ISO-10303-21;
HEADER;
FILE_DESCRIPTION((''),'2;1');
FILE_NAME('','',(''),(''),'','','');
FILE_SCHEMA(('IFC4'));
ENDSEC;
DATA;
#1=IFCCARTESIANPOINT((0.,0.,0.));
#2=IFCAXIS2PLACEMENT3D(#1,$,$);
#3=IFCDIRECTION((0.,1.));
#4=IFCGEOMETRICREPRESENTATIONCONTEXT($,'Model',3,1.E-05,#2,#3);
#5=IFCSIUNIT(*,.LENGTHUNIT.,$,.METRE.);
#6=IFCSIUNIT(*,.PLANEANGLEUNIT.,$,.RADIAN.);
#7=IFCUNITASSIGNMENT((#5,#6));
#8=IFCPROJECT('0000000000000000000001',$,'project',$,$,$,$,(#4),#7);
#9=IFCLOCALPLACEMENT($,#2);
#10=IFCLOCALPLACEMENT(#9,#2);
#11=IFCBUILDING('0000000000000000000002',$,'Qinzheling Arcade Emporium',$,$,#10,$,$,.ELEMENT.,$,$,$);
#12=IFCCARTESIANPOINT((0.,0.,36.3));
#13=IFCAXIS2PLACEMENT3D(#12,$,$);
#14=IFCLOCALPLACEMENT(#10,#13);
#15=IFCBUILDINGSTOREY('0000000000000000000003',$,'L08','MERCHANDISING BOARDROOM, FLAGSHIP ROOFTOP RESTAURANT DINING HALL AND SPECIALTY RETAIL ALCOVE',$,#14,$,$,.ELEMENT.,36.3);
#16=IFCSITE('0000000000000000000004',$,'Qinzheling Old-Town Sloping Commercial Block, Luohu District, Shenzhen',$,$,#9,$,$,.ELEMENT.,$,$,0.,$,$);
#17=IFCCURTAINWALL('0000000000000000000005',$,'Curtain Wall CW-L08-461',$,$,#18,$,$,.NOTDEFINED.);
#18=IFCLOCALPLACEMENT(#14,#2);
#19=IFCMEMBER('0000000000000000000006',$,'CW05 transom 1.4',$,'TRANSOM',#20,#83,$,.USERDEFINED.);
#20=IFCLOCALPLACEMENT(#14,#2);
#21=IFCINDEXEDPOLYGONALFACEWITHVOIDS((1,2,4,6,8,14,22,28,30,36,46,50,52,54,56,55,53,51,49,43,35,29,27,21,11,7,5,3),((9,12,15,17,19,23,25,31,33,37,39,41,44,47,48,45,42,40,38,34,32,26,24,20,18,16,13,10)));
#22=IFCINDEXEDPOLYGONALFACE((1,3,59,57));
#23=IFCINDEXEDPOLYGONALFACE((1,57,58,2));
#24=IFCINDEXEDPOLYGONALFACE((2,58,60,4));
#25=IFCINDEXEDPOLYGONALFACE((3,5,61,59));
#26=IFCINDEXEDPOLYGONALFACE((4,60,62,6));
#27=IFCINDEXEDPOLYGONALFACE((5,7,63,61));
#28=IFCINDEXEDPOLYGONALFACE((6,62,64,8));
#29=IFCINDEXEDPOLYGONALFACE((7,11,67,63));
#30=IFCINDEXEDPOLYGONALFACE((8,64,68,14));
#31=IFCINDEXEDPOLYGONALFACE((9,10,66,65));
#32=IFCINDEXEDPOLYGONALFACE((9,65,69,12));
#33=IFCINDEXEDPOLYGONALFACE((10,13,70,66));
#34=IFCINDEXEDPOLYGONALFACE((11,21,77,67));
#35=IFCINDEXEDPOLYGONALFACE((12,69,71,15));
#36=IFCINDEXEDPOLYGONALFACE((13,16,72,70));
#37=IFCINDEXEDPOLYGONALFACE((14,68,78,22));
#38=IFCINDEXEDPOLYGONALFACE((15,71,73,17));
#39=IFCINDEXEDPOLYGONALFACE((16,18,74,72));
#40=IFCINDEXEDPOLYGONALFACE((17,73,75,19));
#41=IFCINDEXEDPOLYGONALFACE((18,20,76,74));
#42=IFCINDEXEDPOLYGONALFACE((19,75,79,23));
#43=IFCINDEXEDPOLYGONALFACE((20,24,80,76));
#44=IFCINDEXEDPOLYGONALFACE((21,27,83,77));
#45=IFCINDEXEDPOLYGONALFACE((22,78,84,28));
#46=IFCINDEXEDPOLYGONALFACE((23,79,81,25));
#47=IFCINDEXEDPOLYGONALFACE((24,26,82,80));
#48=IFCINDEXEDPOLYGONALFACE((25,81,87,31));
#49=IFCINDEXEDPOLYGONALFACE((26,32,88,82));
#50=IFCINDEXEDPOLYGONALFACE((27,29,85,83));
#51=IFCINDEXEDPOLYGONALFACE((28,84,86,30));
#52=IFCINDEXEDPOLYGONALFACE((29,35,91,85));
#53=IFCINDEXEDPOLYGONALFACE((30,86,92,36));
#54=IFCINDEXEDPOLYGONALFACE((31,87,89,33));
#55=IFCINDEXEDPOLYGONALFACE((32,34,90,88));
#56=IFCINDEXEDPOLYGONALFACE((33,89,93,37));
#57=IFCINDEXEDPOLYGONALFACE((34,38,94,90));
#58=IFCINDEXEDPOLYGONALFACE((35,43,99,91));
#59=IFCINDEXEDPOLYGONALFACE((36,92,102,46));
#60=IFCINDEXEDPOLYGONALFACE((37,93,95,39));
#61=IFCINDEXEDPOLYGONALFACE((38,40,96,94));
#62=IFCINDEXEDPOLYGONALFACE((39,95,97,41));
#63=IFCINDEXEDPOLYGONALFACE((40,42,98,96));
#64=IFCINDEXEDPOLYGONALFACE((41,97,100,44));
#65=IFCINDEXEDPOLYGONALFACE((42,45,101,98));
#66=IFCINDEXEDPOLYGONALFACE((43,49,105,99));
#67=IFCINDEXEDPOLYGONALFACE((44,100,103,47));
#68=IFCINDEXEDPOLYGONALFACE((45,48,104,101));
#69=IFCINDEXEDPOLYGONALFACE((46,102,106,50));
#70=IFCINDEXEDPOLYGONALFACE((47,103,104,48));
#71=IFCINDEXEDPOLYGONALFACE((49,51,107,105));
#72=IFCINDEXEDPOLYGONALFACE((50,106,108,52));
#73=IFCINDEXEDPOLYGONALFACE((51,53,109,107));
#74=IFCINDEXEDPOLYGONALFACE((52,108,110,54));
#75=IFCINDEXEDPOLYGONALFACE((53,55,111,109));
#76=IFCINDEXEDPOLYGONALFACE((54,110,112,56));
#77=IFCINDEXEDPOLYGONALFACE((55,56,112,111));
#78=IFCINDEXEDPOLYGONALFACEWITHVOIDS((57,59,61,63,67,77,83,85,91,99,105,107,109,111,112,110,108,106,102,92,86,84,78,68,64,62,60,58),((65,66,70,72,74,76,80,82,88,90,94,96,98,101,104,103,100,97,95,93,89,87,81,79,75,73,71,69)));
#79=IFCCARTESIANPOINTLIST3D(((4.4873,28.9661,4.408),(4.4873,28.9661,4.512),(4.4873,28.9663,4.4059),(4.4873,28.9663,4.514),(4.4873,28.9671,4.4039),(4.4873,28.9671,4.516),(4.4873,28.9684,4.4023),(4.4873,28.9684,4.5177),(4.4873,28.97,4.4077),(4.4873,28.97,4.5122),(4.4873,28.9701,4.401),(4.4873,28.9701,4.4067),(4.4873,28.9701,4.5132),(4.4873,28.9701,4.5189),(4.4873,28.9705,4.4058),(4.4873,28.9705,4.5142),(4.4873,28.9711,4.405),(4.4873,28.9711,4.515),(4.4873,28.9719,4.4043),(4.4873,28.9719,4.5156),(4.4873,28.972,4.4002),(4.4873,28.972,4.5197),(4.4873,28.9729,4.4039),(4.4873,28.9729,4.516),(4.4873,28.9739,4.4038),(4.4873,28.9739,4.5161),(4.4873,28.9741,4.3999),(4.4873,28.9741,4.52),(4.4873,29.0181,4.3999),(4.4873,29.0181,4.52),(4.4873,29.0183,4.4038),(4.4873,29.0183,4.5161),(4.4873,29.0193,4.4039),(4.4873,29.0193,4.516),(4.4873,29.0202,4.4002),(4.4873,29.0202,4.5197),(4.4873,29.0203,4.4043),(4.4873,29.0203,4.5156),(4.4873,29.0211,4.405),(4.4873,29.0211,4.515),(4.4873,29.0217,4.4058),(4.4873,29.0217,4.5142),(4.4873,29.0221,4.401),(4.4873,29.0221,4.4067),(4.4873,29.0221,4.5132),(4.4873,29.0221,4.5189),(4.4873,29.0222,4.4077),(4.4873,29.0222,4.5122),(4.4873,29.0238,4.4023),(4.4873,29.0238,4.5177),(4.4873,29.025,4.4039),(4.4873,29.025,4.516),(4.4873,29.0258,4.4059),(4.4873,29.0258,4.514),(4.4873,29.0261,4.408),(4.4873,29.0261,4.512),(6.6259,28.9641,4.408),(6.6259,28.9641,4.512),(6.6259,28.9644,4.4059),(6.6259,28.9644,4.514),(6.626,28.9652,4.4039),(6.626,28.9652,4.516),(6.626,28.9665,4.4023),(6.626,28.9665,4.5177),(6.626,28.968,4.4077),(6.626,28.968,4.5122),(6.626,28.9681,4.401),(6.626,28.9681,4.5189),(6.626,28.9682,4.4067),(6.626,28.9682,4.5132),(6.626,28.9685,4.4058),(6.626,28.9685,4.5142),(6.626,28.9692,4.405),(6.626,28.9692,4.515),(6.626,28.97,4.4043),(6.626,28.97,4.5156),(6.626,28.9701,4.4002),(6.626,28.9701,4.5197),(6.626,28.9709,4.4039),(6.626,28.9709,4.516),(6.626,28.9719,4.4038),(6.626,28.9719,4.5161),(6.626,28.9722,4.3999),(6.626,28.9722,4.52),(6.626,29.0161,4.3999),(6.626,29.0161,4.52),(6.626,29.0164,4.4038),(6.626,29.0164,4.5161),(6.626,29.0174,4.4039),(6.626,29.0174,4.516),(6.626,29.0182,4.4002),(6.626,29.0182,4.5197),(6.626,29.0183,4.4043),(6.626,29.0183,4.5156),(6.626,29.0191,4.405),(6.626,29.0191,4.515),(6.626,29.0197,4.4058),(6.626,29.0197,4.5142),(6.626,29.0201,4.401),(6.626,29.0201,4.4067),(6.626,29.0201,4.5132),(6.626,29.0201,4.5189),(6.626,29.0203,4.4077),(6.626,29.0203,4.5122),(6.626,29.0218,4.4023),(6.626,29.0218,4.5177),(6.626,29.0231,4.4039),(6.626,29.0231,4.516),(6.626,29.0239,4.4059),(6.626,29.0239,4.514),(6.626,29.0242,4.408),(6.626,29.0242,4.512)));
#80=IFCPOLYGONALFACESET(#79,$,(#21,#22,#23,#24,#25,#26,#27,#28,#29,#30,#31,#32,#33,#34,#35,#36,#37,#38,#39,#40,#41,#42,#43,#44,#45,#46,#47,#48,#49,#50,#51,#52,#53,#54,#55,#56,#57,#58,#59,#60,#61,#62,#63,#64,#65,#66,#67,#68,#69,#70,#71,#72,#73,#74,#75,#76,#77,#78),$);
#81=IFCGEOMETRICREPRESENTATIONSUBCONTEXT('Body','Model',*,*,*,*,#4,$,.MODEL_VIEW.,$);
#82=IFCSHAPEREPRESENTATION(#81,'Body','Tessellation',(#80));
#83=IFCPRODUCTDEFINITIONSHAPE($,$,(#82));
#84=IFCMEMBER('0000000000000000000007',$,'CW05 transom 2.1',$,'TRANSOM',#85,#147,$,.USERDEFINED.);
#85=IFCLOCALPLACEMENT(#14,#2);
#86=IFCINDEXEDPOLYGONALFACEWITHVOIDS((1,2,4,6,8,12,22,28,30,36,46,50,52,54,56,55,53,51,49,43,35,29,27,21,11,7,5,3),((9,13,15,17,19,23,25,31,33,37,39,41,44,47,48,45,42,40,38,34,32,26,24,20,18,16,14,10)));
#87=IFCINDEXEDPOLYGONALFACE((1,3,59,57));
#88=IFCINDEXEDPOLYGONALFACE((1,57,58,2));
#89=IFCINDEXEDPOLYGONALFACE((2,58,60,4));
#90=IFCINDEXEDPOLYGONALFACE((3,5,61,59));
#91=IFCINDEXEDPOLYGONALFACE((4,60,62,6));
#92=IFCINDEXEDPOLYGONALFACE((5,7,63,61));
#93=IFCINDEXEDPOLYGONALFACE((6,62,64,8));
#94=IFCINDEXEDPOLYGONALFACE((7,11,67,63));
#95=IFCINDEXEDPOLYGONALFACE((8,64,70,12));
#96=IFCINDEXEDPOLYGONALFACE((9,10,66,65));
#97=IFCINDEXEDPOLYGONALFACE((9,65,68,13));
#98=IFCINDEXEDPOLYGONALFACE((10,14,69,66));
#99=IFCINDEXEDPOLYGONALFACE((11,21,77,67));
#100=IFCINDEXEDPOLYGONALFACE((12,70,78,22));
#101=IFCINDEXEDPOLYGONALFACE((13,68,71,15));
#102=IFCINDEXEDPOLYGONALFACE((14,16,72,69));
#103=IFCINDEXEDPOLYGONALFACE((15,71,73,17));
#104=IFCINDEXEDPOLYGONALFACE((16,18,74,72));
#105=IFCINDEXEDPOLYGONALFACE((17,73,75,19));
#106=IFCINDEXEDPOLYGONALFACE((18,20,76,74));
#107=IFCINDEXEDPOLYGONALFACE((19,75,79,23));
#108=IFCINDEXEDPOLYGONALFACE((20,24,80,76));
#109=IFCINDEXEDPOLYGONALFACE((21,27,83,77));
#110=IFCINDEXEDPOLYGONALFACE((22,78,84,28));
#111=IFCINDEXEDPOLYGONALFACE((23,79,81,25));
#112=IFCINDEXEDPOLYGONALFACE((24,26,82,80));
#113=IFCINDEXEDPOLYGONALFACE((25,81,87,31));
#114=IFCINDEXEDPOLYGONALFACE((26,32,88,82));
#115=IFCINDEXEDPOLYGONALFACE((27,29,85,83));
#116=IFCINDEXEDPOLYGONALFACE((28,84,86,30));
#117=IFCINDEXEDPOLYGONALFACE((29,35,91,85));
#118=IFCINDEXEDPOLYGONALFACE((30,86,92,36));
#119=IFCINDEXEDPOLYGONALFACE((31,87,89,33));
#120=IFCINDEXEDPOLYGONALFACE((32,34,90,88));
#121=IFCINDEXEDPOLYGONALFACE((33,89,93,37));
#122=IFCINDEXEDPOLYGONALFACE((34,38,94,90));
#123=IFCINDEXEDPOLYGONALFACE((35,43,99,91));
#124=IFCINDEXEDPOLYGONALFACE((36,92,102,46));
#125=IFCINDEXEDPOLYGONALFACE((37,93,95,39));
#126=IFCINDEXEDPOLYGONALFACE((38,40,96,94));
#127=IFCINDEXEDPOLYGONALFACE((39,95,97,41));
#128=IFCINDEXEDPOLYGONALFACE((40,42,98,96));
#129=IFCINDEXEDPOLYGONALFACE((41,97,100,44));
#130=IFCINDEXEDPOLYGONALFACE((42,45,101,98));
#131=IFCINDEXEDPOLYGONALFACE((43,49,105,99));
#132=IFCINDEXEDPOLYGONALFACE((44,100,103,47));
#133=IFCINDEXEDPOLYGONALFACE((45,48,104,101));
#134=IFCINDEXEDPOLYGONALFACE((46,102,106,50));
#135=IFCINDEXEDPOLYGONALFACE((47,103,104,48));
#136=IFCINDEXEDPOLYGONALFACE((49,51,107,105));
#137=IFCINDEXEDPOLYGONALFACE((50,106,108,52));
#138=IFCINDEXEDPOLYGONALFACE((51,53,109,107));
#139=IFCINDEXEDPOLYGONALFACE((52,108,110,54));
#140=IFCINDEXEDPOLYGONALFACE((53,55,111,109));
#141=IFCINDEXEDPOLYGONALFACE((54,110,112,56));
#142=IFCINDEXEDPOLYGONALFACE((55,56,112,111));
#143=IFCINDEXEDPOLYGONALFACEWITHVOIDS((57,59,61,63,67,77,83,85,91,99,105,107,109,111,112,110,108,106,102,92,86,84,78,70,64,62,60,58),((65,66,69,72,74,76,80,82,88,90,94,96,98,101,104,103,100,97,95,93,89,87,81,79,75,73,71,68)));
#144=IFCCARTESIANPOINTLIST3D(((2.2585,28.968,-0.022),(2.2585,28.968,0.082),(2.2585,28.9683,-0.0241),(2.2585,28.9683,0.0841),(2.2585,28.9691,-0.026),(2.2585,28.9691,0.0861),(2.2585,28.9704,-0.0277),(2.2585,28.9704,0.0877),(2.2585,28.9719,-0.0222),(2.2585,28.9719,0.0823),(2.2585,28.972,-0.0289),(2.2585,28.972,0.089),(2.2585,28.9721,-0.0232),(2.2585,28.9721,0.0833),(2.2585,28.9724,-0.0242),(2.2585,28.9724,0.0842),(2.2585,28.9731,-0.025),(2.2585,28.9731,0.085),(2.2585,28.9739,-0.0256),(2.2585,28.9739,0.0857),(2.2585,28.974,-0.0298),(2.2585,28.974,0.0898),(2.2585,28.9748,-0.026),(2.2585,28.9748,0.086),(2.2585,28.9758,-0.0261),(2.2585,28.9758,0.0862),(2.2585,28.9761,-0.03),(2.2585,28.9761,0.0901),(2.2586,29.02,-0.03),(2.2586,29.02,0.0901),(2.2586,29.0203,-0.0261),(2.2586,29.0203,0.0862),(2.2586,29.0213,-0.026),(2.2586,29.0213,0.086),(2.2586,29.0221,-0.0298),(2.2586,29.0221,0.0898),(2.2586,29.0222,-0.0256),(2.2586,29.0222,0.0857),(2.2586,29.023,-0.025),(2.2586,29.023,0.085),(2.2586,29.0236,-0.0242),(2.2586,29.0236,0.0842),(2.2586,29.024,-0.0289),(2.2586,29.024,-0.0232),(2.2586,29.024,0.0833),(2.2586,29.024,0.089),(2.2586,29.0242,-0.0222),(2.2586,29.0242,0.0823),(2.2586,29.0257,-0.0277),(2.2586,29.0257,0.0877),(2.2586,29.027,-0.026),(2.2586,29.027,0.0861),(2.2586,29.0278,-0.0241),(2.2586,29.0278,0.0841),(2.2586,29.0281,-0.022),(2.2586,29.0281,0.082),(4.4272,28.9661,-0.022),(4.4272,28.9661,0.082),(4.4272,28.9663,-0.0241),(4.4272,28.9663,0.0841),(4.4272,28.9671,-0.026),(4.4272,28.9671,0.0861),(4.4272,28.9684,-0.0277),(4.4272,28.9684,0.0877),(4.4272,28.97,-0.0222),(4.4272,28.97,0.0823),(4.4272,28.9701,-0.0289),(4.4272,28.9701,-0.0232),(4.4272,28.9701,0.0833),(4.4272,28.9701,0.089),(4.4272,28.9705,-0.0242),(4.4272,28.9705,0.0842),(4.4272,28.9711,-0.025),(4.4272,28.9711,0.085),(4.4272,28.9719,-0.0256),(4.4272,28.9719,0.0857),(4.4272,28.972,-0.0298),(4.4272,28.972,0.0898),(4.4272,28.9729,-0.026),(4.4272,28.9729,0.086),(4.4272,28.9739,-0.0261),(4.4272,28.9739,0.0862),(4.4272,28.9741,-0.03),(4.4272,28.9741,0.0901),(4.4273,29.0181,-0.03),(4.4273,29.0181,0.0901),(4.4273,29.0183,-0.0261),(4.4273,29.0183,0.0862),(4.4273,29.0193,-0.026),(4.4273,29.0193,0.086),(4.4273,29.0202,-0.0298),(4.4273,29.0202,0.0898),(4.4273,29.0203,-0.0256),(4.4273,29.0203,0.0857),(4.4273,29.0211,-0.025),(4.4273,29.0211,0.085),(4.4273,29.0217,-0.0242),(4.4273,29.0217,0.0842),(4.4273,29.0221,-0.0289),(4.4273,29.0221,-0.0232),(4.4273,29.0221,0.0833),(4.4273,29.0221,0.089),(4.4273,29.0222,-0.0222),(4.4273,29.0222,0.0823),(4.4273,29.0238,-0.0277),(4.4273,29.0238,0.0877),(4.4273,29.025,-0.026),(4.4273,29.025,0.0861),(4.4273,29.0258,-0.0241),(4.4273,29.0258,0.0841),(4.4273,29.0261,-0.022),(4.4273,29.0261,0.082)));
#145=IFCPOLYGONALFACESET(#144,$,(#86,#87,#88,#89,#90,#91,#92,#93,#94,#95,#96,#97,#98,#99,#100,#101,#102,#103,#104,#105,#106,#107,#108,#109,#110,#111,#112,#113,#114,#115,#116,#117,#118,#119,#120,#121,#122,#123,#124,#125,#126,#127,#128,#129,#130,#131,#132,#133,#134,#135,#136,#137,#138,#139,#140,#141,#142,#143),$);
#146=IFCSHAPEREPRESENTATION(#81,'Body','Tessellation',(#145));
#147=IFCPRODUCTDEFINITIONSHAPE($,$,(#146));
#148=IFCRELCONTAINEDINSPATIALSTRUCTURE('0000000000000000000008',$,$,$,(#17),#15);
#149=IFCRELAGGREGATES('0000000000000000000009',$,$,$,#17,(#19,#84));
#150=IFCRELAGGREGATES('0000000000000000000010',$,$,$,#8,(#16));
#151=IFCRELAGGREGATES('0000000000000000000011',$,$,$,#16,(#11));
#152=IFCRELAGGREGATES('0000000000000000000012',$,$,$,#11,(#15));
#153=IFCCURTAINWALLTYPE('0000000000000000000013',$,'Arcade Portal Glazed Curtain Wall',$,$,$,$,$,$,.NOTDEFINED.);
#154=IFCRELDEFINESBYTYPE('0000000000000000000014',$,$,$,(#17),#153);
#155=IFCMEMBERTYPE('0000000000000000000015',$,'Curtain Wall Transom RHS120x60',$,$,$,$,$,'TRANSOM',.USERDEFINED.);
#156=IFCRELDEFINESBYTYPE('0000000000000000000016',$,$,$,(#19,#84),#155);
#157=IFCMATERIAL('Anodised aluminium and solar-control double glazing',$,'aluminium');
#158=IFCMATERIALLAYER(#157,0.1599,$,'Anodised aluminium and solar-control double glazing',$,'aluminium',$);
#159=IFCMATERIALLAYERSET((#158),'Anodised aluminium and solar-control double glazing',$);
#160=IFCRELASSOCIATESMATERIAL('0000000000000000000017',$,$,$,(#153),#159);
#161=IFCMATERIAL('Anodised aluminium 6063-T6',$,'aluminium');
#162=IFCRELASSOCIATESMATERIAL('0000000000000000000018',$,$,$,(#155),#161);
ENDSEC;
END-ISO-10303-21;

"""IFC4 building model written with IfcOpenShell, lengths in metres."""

from ifc_helpers import new_model, si_unit, direction, frame, origin, origin_2d, place, context, subcontext, project, spatial, hollow_rectangle, extrude, material, layer, layer_set, material_profile, profile_set, type_object, element, aggregate, save


model = new_model("IFC4")

# Units and contexts
model_context = context("Model", 3, precision=1e-05, world=origin(), true_north=direction((0.0, 1.0)))
body_context = subcontext(model_context, "Body", "Model", "MODEL_VIEW")
ifc_project = project(units=[si_unit("LENGTHUNIT", "METRE"), si_unit("PLANEANGLEUNIT", "RADIAN")], contexts=[model_context])

# Site, building, storey
site_placement = place(None, origin())
site = spatial("IfcSite", under=ifc_project, at=site_placement, Name="Qinzheling Old-Town Sloping Commercial Block, Luohu District, Shenzhen", CompositionType="ELEMENT", RefElevation=0.0)
building_placement = place(site_placement, origin())
building = spatial("IfcBuilding", under=site, at=building_placement, Name="Qinzheling Arcade Emporium", CompositionType="ELEMENT")
storey_placement = place(building_placement, frame((0.0, 0.0, 36.3)))
storey = spatial("IfcBuildingStorey", under=building, at=storey_placement, Name="L08", Description="MERCHANDISING BOARDROOM, FLAGSHIP ROOFTOP RESTAURANT DINING HALL AND SPECIALTY RETAIL ALCOVE", CompositionType="ELEMENT", Elevation=36.3)

# Curtain wall, members
ifc_material_1 = material(Name="Anodised aluminium and solar-control double glazing", Category="aluminium")
ifc_layer_1 = layer(ifc_material_1, 0.1599, Name="Anodised aluminium and solar-control double glazing", Category="aluminium")
ifc_layer_set_1 = layer_set([ifc_layer_1], Name="Anodised aluminium and solar-control double glazing")
curtain_wall_type = type_object("IfcCurtainWallType", Name="Arcade Portal Glazed Curtain Wall", PredefinedType="NOTDEFINED", material=ifc_layer_set_1)
ifc_material_2 = material(Name="Anodised aluminium 6063-T6", Category="aluminium")
curtain_wall_1_placement = place(storey_placement, origin())
curtain_wall_1 = element("IfcCurtainWall", 1, at=curtain_wall_1_placement, inside=storey, type_object=curtain_wall_type, Name="Curtain Wall CW-L08-461", PredefinedType="NOTDEFINED")
ifc_material_profile_1 = material_profile(ifc_material_2, hollow_rectangle(XDim=0.0601, YDim=0.1201, WallThickness=0.0039, InnerFilletRadius=0.0039, OuterFilletRadius=0.0081, at=origin_2d()), Name="RHS 120x60x4", Category="aluminium")
ifc_profile_set_1 = profile_set([ifc_material_profile_1], Name="Anodised aluminium 6063-T6")
member_type_1 = type_object("IfcMemberType", Name="Curtain Wall Transom RHS120x60", ElementType="TRANSOM", PredefinedType="USERDEFINED", material=ifc_profile_set_1)
member_1_placement = place(storey_placement, frame((6.626, 28.9941, 4.46), z_axis=(-1.0, 0.000913, 0.0), x_axis=(-0.000913, -1.0, 0.0)))
member_1 = element("IfcMember", 2, at=member_1_placement, type_object=member_type_1, Name="CW05 transom 1.4", ObjectType="TRANSOM", PredefinedType="USERDEFINED", context=body_context, shape_type="SweptSolid", body=[
    extrude(hollow_rectangle(XDim=0.0601, YDim=0.1201, WallThickness=0.0039, InnerFilletRadius=0.0039, OuterFilletRadius=0.0081, at=origin_2d()), origin(), (0.0, 0.0, 1.0), 2.1387),
])
member_2_placement = place(storey_placement, frame((4.4272, 28.9961, 0.03), z_axis=(-1.0, 0.000901, 0.0), x_axis=(-0.000901, -1.0, 0.0)))
member_2 = element("IfcMember", 3, at=member_2_placement, type_object=member_type_1, Name="CW05 transom 2.1", ObjectType="TRANSOM", PredefinedType="USERDEFINED", context=body_context, shape_type="SweptSolid", body=[
    extrude(hollow_rectangle(XDim=0.0601, YDim=0.1201, WallThickness=0.0039, InnerFilletRadius=0.0039, OuterFilletRadius=0.0081, at=origin_2d()), origin(), (0.0, 0.0, 1.0), 2.1687),
])

aggregate(curtain_wall_1, [member_1, member_2])

save(model, "model.ifc")
